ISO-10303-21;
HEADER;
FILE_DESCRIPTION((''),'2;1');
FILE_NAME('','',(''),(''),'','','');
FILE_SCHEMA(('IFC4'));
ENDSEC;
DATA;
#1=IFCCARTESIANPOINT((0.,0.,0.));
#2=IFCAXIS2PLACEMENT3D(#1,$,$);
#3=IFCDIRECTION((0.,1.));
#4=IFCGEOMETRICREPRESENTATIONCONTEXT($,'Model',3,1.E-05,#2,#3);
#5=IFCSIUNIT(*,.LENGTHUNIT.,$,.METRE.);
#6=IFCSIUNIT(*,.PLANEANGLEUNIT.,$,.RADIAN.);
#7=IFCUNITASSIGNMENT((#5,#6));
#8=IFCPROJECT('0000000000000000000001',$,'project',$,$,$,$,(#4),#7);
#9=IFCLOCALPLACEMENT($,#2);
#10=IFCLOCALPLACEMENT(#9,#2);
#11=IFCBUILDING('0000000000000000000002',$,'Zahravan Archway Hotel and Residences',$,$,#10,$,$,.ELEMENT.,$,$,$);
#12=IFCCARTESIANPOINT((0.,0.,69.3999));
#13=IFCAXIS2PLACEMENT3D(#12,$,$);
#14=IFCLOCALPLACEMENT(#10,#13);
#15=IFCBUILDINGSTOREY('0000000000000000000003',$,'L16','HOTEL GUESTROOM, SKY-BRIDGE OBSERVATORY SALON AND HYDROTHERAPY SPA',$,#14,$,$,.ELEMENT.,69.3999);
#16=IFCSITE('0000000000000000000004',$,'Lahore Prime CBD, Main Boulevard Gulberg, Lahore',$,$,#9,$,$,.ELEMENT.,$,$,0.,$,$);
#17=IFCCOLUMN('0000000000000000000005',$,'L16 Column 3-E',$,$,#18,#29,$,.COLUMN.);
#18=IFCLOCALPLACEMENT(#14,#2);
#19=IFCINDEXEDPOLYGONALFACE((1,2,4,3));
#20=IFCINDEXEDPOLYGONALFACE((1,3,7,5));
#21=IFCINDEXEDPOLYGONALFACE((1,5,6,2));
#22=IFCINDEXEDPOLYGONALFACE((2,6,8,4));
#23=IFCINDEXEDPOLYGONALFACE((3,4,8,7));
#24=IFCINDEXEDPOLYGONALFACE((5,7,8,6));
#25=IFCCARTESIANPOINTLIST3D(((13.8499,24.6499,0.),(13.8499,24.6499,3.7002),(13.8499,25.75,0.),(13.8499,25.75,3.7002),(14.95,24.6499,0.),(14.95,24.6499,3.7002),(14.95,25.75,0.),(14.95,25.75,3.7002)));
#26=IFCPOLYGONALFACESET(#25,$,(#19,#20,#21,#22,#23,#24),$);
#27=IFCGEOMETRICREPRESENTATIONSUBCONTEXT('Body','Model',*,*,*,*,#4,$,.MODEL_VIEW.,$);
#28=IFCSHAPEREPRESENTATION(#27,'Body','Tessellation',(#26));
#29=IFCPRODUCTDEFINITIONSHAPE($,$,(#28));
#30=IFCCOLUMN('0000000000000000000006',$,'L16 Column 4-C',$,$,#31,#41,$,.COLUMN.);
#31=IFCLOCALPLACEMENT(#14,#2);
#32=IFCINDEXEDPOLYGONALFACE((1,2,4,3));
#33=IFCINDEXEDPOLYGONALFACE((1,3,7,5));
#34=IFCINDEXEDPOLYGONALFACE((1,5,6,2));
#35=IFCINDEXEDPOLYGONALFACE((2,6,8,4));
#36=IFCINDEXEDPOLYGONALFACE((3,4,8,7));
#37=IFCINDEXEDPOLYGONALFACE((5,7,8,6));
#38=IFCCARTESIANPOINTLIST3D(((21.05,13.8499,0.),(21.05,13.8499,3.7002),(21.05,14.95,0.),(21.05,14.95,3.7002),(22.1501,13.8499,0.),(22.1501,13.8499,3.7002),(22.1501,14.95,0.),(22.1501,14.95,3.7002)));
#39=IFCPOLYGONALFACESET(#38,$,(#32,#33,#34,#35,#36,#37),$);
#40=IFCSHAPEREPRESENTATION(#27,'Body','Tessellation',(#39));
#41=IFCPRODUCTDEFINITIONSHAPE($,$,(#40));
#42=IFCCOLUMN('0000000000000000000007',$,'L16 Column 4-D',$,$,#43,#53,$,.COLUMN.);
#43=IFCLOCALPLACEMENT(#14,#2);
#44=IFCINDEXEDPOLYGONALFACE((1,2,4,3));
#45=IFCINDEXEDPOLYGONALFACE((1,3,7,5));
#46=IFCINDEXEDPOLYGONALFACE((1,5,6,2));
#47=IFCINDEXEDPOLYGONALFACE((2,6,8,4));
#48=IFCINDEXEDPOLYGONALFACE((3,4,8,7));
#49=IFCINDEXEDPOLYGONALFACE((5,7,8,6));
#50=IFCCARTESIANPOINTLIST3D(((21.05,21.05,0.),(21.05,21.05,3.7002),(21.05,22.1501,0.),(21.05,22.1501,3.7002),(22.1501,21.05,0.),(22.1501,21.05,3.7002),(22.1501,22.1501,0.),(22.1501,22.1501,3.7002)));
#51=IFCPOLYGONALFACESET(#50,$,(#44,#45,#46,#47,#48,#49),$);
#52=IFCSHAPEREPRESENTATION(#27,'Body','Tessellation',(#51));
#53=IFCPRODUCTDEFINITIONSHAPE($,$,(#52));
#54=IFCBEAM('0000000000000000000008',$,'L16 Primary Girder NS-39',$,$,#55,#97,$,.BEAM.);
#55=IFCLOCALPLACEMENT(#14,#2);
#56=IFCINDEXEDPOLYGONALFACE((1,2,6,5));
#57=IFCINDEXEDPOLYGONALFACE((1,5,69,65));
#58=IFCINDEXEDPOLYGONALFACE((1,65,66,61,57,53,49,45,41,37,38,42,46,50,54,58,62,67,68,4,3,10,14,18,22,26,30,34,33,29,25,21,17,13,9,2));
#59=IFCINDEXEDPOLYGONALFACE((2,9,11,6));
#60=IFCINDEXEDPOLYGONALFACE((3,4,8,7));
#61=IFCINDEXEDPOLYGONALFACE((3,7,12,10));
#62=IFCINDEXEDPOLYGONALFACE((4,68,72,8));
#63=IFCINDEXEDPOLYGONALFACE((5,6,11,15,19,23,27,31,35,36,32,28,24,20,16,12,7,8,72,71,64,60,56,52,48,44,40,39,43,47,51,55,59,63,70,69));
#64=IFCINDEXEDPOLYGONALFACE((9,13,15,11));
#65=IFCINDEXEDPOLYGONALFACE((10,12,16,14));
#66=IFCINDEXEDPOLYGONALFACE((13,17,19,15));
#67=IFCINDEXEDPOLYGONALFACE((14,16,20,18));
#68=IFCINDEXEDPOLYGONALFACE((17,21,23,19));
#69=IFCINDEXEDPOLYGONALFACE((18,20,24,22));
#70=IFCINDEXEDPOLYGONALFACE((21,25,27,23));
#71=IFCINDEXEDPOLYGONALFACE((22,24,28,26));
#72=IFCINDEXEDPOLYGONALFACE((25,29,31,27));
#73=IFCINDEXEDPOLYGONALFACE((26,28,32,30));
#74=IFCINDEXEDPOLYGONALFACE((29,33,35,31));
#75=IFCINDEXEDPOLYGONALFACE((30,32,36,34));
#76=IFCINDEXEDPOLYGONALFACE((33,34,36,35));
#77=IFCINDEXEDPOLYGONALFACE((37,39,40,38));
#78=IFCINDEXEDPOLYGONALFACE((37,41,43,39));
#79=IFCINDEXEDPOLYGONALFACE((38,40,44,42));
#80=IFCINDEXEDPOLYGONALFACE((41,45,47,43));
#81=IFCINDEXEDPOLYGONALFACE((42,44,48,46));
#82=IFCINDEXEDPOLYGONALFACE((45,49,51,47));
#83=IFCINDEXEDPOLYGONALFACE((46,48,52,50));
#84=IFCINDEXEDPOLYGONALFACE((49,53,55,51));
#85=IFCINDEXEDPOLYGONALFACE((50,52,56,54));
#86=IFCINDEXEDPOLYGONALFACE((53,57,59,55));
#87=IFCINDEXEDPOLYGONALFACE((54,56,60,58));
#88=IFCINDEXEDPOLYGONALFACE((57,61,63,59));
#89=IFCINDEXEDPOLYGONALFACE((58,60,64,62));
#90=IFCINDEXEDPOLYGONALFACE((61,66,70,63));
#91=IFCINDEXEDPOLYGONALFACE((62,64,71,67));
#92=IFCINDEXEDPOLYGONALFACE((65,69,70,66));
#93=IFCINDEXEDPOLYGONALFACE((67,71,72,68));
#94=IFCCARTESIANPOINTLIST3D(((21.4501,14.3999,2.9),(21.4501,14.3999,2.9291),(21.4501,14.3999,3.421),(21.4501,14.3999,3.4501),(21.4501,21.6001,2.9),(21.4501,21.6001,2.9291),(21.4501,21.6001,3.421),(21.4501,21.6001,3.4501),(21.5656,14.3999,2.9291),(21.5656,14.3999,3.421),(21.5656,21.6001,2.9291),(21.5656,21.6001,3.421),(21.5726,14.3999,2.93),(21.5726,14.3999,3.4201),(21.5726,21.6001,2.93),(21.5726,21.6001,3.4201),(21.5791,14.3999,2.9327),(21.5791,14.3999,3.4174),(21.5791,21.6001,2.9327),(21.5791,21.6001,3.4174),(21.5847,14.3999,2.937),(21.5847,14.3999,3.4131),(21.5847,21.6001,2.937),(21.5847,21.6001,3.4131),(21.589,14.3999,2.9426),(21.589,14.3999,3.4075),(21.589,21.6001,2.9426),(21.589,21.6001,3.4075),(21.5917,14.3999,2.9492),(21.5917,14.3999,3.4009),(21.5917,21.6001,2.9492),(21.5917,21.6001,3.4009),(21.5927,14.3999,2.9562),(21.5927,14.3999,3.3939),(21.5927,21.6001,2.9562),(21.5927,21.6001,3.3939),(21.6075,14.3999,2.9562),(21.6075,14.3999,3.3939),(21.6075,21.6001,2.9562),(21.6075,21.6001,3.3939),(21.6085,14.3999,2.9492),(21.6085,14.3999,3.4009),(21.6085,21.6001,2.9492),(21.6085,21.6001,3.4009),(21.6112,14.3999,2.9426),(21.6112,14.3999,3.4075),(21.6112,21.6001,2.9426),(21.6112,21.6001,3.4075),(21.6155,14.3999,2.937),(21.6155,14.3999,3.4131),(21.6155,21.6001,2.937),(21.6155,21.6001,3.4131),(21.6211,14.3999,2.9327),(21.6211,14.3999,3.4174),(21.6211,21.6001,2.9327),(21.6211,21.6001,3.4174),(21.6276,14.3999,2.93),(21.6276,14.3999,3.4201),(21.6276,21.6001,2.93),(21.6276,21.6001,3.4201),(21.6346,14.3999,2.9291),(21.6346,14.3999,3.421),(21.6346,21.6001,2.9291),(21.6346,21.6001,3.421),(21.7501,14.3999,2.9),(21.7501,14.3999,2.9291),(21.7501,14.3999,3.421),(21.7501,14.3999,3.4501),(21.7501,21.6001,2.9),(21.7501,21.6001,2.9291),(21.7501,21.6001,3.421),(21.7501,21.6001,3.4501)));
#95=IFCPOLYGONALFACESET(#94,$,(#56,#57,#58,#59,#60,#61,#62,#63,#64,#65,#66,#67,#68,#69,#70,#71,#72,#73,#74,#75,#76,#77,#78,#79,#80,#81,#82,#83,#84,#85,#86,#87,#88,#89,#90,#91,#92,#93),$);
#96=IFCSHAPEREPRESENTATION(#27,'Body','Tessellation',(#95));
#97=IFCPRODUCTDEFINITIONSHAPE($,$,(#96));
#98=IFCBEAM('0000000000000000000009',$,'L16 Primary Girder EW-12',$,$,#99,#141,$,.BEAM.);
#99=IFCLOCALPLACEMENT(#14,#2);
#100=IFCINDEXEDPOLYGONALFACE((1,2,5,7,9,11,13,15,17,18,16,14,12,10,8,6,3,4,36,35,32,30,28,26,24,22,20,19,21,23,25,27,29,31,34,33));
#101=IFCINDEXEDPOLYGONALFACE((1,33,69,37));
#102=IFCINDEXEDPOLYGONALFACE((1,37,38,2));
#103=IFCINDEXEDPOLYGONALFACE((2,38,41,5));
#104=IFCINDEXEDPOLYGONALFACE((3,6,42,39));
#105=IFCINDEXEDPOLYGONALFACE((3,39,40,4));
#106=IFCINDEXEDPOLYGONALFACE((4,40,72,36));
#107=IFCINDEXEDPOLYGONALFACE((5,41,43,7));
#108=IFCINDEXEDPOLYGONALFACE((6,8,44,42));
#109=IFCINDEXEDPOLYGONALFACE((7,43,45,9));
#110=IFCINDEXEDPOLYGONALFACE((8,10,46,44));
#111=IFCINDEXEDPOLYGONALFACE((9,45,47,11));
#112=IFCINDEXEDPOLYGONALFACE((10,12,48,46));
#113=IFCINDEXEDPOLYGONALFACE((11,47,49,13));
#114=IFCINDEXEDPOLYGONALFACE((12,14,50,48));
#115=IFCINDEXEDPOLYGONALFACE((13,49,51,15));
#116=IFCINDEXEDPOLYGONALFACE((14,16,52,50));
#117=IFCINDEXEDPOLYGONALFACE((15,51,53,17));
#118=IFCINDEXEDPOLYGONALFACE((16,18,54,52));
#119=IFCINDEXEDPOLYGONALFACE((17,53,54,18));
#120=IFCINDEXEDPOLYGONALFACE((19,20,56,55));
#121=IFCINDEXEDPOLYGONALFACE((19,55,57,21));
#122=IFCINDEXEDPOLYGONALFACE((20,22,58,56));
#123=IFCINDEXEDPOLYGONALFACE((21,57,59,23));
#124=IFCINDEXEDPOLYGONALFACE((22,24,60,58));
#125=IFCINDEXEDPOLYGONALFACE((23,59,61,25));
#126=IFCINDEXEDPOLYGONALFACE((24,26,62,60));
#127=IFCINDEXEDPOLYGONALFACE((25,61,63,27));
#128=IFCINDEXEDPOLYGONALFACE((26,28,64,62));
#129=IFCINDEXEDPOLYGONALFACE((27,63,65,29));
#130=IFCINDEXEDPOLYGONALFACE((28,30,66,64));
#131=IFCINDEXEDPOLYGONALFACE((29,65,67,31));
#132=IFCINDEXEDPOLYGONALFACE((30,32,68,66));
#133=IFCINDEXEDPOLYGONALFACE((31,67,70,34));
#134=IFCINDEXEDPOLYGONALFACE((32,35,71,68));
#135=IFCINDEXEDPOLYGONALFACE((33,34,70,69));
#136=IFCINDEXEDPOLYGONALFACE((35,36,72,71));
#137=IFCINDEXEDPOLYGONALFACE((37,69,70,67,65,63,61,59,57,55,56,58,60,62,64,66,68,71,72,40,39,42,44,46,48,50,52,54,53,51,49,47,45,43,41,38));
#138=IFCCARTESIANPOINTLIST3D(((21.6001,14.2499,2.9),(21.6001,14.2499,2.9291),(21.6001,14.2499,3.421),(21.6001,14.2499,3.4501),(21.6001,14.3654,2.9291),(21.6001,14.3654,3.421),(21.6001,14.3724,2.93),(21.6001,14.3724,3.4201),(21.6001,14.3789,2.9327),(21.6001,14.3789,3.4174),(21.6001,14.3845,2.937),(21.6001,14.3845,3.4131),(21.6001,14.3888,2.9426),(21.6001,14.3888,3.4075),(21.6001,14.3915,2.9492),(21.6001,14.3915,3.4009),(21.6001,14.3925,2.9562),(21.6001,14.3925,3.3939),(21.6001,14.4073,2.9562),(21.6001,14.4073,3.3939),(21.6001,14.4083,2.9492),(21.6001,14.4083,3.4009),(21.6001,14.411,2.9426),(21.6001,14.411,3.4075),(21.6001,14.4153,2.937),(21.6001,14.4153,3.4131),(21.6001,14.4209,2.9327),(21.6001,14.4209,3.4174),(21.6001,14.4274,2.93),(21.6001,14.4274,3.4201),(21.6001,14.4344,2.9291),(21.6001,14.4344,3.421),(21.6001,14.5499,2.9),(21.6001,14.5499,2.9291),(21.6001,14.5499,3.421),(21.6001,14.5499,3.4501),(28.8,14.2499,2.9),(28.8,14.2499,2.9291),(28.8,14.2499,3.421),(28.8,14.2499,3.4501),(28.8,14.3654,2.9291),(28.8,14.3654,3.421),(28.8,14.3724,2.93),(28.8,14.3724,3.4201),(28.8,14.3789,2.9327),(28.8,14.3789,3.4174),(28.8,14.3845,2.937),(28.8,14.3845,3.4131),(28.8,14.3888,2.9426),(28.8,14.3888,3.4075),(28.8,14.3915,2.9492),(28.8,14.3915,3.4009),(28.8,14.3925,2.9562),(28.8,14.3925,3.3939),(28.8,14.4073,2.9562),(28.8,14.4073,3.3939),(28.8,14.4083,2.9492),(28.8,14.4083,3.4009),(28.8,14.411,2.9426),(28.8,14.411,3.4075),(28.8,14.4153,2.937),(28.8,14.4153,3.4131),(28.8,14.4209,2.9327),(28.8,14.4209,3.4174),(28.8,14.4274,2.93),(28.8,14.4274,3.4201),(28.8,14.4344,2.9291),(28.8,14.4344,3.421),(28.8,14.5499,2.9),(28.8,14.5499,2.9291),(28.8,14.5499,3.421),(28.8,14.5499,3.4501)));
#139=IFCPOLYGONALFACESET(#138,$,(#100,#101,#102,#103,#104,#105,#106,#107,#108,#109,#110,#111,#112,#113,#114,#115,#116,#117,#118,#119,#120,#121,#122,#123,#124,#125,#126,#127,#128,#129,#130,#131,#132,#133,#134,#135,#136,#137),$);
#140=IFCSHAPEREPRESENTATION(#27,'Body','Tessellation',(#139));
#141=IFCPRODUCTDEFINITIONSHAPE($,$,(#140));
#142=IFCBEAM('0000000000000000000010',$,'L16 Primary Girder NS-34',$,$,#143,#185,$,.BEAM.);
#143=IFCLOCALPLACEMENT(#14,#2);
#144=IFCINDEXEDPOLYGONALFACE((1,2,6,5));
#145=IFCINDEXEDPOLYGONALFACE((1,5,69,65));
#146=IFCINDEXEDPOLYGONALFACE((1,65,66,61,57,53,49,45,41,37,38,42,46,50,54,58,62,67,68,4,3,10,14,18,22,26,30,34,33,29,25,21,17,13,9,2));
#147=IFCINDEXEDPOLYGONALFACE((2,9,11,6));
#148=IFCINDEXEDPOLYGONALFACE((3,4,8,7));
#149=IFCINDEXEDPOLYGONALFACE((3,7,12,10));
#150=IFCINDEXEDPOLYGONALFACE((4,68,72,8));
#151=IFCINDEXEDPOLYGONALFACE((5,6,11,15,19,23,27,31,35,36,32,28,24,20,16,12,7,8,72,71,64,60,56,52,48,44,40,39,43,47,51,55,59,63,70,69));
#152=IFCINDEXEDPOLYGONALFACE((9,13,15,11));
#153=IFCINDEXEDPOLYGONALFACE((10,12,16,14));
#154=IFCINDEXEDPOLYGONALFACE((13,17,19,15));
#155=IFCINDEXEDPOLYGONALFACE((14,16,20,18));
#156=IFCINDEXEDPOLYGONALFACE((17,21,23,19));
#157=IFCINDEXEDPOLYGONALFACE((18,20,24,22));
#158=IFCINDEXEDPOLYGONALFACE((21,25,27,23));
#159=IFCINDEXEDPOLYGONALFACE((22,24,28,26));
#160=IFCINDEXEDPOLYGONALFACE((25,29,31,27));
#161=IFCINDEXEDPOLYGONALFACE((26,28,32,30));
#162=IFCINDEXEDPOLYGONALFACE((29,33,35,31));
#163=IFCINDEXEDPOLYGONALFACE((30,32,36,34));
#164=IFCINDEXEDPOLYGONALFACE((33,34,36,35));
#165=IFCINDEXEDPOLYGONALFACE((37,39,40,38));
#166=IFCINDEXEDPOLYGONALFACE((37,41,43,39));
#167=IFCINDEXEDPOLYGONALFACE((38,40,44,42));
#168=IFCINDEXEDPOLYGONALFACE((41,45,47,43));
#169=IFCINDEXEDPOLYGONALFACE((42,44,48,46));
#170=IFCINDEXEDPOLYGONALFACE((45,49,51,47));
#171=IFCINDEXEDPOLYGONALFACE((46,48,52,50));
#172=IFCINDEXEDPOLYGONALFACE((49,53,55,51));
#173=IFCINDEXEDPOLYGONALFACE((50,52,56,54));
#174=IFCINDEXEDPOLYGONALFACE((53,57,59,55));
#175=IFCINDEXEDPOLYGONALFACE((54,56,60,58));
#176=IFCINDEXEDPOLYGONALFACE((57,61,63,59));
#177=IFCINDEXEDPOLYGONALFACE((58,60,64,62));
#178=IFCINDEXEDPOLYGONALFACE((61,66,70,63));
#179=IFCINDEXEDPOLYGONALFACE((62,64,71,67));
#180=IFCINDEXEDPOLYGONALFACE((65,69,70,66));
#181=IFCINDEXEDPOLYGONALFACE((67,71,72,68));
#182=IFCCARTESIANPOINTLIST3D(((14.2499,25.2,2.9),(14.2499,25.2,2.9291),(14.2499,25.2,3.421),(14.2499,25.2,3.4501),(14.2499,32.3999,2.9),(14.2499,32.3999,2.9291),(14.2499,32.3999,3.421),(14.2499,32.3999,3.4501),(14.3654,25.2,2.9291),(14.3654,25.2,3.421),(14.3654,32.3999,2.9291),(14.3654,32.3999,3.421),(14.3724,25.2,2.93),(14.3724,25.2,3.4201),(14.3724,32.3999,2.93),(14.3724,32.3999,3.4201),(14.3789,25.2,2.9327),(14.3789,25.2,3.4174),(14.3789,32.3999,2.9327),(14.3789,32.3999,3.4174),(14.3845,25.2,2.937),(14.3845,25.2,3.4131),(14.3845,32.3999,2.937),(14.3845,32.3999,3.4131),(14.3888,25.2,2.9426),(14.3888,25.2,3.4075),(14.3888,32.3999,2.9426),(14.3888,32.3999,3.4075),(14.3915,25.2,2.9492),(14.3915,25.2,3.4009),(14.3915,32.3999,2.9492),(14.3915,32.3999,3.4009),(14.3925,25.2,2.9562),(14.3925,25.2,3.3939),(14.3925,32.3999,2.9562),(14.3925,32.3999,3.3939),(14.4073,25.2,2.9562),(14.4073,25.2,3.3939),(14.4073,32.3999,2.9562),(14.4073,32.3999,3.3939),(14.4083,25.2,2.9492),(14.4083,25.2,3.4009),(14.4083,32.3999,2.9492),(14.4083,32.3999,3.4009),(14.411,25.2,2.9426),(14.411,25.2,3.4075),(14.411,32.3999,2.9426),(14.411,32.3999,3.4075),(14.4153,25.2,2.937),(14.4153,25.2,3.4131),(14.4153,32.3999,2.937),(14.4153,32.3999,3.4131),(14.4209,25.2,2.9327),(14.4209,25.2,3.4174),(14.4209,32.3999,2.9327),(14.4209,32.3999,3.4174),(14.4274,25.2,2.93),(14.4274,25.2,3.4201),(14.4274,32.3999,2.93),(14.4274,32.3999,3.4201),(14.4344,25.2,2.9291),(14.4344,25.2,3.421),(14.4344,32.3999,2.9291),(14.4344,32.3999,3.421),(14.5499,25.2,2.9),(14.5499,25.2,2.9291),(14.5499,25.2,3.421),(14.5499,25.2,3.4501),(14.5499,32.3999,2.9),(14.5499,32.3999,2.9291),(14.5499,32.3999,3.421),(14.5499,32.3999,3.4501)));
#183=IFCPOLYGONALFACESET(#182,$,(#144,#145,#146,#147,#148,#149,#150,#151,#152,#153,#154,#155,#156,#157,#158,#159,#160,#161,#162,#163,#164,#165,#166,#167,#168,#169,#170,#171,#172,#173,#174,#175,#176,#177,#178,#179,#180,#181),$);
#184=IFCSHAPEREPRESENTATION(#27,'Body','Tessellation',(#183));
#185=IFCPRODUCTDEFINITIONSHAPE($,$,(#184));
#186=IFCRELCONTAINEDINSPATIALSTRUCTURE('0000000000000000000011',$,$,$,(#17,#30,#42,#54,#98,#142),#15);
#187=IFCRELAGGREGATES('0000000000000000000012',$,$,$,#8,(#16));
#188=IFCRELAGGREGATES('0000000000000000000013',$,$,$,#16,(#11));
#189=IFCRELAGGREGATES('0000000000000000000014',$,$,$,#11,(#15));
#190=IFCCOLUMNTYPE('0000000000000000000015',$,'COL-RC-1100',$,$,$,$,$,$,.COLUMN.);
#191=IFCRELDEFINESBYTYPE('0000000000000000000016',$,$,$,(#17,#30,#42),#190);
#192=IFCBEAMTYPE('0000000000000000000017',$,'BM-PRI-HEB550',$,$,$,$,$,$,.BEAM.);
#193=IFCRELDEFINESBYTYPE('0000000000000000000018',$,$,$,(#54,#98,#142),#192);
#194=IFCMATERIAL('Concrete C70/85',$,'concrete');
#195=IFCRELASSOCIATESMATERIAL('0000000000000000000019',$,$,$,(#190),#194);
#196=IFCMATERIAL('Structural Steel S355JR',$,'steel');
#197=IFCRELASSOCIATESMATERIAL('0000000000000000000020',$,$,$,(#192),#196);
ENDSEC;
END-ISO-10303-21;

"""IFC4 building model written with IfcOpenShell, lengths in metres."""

from ifc_helpers import new_model, si_unit, direction, frame, origin, origin_2d, place, context, subcontext, project, spatial, rectangle, i_section, extrude, source, transform, mapped, material, material_profile, profile_set, type_object, type_shapes, element, save


model = new_model("IFC4")

# Units and contexts
model_context = context("Model", 3, precision=1e-05, world=origin(), true_north=direction((0.0, 1.0)))
body_context = subcontext(model_context, "Body", "Model", "MODEL_VIEW")
ifc_project = project(units=[si_unit("LENGTHUNIT", "METRE"), si_unit("PLANEANGLEUNIT", "RADIAN")], contexts=[model_context])

# Site, building, storey
site_placement = place(None, origin())
site = spatial("IfcSite", under=ifc_project, at=site_placement, Name="Lahore Prime CBD, Main Boulevard Gulberg, Lahore", CompositionType="ELEMENT", RefElevation=0.0)
building_placement = place(site_placement, origin())
building = spatial("IfcBuilding", under=site, at=building_placement, Name="Zahravan Archway Hotel and Residences", CompositionType="ELEMENT")
storey_placement = place(building_placement, frame((0.0, 0.0, 69.3999)))
storey = spatial("IfcBuildingStorey", under=building, at=storey_placement, Name="L16", Description="HOTEL GUESTROOM, SKY-BRIDGE OBSERVATORY SALON AND HYDROTHERAPY SPA", CompositionType="ELEMENT", Elevation=69.3999)

# Columns
ifc_material_1 = material(Name="Concrete C70/85", Category="concrete")
ifc_material_profile_1 = material_profile(ifc_material_1, rectangle(XDim=1.1001, YDim=1.1001, at=origin_2d()), Name="RC 1100x1100", Category="concrete")
ifc_profile_set_1 = profile_set([ifc_material_profile_1], Name="Concrete C70/85")
column_type = type_object("IfcColumnType", Name="COL-RC-1100", PredefinedType="COLUMN", material=ifc_profile_set_1)
shared_shape_1 = source(origin(), body_context, "Body", "SweptSolid", [
    extrude(rectangle(XDim=1.1001, YDim=1.1001, at=origin_2d()), origin(), (0.0, 0.0, 1.0), 3.7002),
])
for number, where, z_axis, x_axis, name in (
    (1, (14.3999, 25.2, 0.0), (0.0, 0.0, 1.0), (1.0, 0.0, 0.0), "L16 Column 3-E"),
    (2, (21.6001, 14.3999, 0.0), (0.0, 0.0, 1.0), (1.0, 0.0, 0.0), "L16 Column 4-C"),
    (3, (21.6001, 21.6001, 0.0), (0.0, 0.0, 1.0), (1.0, 0.0, 0.0), "L16 Column 4-D"),
):
    element("IfcColumn", number, at=place(storey_placement, frame(where, z_axis=z_axis, x_axis=x_axis)), inside=storey, type_object=column_type, Name=name, PredefinedType="COLUMN", context=body_context, shape_type="MappedRepresentation", body=[
        mapped(shared_shape_1, transform((0.0, 0.0, 0.0), scale=1.0)),
    ])

# Beams
ifc_material_2 = material(Name="Structural Steel S355JR", Category="steel")
ifc_material_profile_2 = material_profile(ifc_material_2, i_section(OverallWidth=0.3, OverallDepth=0.55, WebThickness=0.0149, FlangeThickness=0.0291, FilletRadius=0.0271, at=origin_2d()), Name="HEB 550", Category="steel")
ifc_profile_set_2 = profile_set([ifc_material_profile_2], Name="Structural Steel S355JR")
beam_type_1 = type_object("IfcBeamType", Name="BM-PRI-HEB550", PredefinedType="BEAM", material=ifc_profile_set_2)
shared_shape_2 = source(origin(), body_context, "Body", "SweptSolid", [
    extrude(i_section(OverallWidth=0.3, OverallDepth=0.55, WebThickness=0.0149, FlangeThickness=0.0291, FilletRadius=0.0271, at=origin_2d()), origin(), (0.0, 0.0, 1.0), 7.2002),
])
type_shapes(beam_type_1, [shared_shape_2])
beam_1_placement = place(storey_placement, frame((21.6001, 14.3999, 3.175), z_axis=(0.0, 1.0, 0.0), x_axis=(-1.0, 0.0, 0.0)))
element("IfcBeam", 4, at=beam_1_placement, inside=storey, type_object=beam_type_1, Name="L16 Primary Girder NS-39", PredefinedType="BEAM", context=body_context, shape_type="MappedRepresentation", body=[
    mapped(shared_shape_2, transform((0.0, 0.0, 0.0), scale=1.0)),
])
shared_shape_3 = source(origin(), body_context, "Body", "SweptSolid", [
    extrude(i_section(OverallWidth=0.3, OverallDepth=0.55, WebThickness=0.0149, FlangeThickness=0.0291, FilletRadius=0.0271, at=origin_2d()), origin(), (0.0, 0.0, 1.0), 7.2),
])
for number, where, z_axis, x_axis, name in (
    (5, (21.6001, 14.3999, 3.175), (1.0, 0.0, 0.0), (0.0, 1.0, 0.0), "L16 Primary Girder EW-12"),
    (6, (14.3999, 25.2, 3.175), (0.0, 1.0, 0.0), (-1.0, 0.0, 0.0), "L16 Primary Girder NS-34"),
):
    element("IfcBeam", number, at=place(storey_placement, frame(where, z_axis=z_axis, x_axis=x_axis)), inside=storey, type_object=beam_type_1, Name=name, PredefinedType="BEAM", context=body_context, shape_type="MappedRepresentation", body=[
        mapped(shared_shape_3, transform((0.0, 0.0, 0.0), scale=1.0)),
    ])

save(model, "model.ifc")
